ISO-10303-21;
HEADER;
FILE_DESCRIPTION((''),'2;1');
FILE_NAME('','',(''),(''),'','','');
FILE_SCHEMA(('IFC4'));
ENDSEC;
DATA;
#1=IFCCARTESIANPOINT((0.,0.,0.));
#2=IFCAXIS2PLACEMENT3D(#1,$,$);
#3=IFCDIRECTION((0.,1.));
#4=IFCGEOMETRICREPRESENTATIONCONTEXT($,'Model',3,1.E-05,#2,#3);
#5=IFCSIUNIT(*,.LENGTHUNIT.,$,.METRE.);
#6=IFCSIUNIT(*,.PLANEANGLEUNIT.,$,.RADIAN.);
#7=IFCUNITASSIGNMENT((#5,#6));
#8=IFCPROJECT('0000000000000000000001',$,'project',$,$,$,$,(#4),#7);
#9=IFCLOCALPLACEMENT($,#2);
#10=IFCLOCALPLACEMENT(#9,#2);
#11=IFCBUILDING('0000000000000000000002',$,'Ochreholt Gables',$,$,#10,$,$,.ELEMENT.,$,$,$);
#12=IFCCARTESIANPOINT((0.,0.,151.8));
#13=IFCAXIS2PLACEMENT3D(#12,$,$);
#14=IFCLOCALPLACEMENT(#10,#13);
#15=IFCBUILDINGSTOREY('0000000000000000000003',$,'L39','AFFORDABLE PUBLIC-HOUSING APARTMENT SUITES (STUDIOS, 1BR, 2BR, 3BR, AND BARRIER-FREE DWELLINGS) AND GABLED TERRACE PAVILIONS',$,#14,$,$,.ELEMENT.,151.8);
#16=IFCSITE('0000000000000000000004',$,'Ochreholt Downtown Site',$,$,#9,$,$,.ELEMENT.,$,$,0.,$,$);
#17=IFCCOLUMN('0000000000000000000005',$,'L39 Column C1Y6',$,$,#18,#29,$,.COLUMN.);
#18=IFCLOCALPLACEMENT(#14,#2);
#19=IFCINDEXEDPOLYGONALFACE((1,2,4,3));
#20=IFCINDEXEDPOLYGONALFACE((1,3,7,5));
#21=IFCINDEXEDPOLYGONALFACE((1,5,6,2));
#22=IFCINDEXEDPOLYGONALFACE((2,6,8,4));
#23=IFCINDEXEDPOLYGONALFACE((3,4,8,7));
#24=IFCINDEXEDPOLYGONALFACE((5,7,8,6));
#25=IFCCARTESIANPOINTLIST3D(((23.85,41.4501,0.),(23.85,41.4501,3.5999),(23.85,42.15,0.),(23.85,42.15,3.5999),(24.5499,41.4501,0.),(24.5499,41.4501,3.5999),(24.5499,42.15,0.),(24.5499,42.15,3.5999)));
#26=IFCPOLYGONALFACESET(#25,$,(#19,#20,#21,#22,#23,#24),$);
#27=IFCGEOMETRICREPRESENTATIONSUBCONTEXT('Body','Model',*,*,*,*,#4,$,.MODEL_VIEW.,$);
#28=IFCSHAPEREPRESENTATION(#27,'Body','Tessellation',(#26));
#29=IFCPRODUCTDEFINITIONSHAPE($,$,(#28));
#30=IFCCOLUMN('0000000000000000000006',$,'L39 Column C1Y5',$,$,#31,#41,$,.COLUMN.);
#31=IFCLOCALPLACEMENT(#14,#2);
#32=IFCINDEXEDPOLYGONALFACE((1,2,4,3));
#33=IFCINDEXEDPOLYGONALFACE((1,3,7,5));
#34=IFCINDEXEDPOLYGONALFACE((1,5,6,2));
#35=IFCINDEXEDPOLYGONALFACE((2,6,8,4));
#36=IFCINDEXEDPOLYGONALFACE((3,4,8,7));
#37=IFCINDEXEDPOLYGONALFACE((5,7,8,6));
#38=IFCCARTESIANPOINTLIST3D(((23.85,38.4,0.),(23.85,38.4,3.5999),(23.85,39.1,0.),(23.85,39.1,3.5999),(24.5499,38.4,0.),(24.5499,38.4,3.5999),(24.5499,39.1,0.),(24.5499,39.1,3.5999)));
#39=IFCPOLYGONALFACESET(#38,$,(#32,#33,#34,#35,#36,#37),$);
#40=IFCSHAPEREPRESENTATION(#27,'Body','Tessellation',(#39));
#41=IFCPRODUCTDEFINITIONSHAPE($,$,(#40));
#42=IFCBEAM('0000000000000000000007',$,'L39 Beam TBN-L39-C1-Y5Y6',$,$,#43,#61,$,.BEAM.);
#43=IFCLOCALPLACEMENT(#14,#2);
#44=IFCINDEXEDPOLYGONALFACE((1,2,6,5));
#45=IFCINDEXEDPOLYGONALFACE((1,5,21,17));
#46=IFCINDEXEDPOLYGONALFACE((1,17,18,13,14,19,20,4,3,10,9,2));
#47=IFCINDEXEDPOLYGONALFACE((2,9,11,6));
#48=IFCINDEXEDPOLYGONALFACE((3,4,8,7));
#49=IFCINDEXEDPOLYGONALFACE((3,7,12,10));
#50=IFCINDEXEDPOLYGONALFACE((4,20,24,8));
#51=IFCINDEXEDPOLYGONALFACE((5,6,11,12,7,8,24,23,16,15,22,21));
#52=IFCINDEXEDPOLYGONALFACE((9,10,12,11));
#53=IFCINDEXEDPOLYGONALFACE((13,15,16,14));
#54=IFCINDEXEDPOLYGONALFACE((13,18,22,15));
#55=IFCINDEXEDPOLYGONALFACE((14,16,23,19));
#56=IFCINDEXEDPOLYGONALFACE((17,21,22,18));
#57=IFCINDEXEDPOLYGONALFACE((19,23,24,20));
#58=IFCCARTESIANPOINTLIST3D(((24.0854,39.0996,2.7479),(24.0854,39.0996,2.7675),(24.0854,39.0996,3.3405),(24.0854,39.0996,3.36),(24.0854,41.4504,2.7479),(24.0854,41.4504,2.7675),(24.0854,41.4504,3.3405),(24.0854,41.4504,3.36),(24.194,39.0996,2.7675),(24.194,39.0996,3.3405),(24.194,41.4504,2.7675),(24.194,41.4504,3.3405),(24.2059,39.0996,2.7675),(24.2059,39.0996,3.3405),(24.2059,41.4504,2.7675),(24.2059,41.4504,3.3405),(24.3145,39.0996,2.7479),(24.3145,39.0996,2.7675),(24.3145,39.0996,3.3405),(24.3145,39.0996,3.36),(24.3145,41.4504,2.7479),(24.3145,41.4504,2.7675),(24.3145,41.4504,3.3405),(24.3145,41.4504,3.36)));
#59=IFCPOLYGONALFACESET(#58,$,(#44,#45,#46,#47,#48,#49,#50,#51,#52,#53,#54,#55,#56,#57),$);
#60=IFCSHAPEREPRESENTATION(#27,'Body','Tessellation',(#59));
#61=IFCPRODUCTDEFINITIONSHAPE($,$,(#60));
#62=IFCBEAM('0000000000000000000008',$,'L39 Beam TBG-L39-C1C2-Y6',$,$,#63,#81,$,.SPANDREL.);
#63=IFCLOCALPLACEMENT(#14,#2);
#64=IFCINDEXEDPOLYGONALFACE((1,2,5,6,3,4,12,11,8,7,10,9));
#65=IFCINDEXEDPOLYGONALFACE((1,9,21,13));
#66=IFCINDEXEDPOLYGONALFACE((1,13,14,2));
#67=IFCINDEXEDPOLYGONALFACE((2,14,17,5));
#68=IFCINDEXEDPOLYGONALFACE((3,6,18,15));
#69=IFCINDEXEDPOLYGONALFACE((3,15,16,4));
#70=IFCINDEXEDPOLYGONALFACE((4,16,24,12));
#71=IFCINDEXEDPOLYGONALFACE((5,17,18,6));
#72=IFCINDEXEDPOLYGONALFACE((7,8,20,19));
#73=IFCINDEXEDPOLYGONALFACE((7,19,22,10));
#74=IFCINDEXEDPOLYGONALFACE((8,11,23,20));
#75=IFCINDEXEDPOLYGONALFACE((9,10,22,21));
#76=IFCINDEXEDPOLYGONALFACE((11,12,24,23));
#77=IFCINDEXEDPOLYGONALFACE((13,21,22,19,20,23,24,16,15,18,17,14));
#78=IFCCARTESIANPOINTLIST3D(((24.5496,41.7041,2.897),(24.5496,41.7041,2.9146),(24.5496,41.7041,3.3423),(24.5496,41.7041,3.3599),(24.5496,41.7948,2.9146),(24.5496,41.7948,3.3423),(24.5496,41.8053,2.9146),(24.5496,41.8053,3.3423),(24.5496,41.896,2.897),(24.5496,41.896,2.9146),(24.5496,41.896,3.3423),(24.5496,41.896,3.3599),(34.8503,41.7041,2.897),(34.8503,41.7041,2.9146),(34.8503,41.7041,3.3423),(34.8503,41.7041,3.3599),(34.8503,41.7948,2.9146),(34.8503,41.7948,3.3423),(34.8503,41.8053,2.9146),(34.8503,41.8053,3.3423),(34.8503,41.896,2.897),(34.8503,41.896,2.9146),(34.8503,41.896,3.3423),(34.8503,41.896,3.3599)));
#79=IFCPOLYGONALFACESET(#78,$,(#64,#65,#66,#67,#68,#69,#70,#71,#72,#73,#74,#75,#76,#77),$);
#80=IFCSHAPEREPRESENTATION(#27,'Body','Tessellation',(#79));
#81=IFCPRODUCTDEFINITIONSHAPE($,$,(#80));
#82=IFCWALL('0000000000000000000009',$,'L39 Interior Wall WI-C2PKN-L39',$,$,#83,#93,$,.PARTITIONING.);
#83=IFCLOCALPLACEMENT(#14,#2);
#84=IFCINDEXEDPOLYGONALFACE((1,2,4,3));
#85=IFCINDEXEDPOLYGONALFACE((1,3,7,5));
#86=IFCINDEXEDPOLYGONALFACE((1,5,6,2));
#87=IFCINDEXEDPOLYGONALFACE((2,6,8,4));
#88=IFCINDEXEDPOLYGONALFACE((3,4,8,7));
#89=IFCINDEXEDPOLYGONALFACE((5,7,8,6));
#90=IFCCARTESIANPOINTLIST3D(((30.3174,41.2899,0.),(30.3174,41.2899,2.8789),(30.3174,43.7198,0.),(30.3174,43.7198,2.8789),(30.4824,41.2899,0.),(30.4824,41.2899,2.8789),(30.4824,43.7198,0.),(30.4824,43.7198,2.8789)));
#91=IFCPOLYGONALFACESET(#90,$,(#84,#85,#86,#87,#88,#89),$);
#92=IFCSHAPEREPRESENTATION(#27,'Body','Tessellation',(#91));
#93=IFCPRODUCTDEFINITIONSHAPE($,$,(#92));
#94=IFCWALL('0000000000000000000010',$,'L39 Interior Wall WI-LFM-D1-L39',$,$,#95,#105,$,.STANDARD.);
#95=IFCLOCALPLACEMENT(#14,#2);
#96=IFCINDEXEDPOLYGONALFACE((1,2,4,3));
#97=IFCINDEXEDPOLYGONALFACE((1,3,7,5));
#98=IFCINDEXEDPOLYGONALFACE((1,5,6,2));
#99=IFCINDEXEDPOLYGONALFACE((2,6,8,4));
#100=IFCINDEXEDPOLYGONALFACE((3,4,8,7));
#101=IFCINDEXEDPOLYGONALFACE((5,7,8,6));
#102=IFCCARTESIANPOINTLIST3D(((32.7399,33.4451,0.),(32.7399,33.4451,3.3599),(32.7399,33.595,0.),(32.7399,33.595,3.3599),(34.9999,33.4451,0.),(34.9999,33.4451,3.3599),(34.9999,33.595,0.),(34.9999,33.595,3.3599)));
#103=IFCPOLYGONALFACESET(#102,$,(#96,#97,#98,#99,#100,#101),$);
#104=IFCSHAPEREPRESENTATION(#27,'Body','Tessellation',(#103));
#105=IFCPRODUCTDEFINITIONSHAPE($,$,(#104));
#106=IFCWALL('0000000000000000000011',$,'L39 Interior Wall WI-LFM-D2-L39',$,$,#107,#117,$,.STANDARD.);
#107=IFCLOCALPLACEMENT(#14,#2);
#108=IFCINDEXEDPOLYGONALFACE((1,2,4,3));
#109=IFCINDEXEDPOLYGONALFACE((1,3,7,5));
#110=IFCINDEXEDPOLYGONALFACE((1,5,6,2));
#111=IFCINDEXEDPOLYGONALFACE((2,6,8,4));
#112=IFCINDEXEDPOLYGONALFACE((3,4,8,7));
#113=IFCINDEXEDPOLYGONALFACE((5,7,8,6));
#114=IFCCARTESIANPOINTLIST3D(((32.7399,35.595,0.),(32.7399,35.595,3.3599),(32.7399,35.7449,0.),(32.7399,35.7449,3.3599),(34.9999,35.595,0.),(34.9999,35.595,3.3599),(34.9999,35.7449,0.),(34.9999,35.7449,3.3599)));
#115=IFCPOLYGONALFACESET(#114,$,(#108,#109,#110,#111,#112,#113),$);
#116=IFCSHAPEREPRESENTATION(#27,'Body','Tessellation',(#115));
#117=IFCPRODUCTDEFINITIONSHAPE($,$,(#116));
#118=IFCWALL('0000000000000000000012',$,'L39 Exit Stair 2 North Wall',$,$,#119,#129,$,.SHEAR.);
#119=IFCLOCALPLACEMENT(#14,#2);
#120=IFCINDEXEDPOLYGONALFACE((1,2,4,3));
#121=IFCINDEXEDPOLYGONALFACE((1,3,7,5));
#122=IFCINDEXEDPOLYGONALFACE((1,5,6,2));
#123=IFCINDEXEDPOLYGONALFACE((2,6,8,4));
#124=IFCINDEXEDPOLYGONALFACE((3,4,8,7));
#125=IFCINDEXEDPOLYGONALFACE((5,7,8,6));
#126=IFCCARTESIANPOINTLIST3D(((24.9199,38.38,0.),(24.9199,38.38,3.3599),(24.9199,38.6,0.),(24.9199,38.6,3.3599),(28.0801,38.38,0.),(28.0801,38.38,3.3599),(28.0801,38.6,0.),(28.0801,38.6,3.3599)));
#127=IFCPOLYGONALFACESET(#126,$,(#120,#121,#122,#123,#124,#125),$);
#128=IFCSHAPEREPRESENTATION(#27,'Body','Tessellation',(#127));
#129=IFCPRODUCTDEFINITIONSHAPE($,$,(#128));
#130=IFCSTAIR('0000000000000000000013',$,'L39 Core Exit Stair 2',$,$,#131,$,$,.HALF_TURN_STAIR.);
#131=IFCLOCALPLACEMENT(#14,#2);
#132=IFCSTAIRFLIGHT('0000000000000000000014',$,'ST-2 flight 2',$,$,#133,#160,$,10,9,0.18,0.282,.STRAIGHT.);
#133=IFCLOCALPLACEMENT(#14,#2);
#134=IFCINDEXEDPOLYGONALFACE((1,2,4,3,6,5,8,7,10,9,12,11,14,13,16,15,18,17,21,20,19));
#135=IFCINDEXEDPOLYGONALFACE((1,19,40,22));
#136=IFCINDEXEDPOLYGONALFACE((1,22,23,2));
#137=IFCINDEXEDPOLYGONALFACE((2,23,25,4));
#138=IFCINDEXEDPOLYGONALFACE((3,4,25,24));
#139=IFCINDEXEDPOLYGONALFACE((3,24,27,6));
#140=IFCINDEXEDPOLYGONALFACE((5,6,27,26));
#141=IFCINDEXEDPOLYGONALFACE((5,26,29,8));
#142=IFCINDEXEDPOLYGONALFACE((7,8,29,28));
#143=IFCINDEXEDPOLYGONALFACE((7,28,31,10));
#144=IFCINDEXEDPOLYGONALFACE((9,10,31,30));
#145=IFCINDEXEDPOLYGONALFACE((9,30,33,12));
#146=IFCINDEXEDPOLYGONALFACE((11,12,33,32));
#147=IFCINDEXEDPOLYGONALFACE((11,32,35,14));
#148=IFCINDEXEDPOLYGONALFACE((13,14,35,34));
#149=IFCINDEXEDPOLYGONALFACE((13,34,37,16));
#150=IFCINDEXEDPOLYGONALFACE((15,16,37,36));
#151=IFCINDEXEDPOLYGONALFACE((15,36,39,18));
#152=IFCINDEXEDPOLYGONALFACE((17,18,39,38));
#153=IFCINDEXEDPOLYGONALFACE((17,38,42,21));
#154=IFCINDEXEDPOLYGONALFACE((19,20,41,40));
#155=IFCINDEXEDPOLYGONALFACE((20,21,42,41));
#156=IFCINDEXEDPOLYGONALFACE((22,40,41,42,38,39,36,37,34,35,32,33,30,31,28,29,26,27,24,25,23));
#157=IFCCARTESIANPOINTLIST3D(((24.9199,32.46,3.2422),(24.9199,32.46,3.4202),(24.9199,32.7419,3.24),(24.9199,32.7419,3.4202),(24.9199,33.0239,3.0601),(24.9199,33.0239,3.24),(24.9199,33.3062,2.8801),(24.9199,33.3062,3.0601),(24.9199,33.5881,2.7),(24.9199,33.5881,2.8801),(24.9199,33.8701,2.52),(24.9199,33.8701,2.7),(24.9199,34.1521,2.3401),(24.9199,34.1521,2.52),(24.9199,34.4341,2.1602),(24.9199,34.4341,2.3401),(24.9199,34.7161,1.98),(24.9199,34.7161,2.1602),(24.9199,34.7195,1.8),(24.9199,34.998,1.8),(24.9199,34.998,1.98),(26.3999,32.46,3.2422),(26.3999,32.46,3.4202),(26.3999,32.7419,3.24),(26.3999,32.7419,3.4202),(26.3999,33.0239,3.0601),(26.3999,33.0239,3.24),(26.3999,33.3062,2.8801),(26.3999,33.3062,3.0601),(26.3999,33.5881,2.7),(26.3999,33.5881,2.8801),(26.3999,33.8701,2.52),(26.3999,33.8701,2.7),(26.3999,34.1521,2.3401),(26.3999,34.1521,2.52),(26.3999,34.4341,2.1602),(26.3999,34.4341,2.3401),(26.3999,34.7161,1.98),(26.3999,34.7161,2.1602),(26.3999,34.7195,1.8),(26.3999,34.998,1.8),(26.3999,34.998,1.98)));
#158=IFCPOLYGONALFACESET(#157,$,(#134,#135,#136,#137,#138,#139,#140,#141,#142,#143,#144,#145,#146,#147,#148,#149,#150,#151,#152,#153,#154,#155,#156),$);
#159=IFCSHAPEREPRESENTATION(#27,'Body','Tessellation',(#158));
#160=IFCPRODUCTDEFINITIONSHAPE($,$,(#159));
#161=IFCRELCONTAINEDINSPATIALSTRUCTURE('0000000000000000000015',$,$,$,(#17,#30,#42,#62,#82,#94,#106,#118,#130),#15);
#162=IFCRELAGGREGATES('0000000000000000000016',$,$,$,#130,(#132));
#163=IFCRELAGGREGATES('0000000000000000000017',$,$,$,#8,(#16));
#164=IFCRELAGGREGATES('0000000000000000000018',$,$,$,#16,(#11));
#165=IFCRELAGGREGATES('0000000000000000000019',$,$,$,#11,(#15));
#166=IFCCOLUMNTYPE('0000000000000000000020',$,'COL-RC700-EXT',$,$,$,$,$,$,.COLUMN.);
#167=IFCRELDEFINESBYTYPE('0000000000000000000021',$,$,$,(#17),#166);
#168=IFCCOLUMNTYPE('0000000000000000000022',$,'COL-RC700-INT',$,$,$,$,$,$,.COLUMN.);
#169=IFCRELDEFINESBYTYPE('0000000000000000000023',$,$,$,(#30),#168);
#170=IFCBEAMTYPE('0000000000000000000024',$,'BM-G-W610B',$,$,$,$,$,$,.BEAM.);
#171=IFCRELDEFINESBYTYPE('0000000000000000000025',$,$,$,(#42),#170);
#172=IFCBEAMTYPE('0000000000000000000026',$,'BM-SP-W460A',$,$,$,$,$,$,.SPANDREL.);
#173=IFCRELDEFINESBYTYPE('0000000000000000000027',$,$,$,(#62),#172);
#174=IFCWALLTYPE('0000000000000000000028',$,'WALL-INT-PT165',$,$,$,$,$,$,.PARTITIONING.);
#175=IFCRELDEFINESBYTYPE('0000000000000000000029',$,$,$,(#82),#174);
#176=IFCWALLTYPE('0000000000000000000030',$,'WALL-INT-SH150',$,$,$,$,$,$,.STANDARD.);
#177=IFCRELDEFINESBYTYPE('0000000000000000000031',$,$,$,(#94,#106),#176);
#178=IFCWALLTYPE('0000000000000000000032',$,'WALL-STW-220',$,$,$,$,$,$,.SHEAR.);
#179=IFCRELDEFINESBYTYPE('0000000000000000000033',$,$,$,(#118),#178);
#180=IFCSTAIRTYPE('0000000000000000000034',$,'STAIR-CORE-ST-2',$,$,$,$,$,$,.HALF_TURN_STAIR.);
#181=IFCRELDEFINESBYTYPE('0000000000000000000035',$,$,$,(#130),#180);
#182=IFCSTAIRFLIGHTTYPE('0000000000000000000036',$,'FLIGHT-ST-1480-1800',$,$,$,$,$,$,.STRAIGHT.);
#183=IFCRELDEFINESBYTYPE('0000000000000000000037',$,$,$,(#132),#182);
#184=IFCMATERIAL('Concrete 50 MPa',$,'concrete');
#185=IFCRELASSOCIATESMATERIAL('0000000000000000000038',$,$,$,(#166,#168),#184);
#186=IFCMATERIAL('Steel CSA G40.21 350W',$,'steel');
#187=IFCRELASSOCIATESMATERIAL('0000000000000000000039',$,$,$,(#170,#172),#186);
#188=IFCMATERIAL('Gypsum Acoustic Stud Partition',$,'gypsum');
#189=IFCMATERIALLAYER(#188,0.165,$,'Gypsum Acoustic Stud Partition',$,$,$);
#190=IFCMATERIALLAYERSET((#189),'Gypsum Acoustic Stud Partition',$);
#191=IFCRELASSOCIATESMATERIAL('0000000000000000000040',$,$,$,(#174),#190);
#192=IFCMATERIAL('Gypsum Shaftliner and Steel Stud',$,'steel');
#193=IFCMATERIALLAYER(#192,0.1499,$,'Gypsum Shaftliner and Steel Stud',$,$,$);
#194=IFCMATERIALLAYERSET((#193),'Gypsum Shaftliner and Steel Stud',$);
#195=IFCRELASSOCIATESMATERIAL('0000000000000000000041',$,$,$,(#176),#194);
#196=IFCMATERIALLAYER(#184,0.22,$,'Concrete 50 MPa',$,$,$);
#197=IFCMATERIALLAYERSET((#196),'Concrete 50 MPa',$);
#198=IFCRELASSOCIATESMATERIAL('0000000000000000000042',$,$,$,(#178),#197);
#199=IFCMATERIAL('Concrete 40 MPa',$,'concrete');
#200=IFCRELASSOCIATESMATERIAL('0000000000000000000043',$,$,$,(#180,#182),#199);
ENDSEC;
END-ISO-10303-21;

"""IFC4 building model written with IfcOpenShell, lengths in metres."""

from ifc_helpers import new_model, si_unit, direction, frame, frame_2d, origin, origin_2d, place, context, subcontext, project, spatial, polyline, rectangle, i_section, outline, extrude, material, layer, layer_set, material_profile, profile_set, type_object, element, aggregate, save


model = new_model("IFC4")

# Units and contexts
model_context = context("Model", 3, precision=1e-05, world=origin(), true_north=direction((0.0, 1.0)))
body_context = subcontext(model_context, "Body", "Model", "MODEL_VIEW")
ifc_project = project(units=[si_unit("LENGTHUNIT", "METRE"), si_unit("PLANEANGLEUNIT", "RADIAN")], contexts=[model_context])

# Site, building, storey
site_placement = place(None, origin())
site = spatial("IfcSite", under=ifc_project, at=site_placement, Name="Ochreholt Downtown Site", CompositionType="ELEMENT", RefElevation=0.0)
building_placement = place(site_placement, origin())
building = spatial("IfcBuilding", under=site, at=building_placement, Name="Ochreholt Gables", CompositionType="ELEMENT")
storey_placement = place(building_placement, frame((0.0, 0.0, 151.8)))
storey = spatial("IfcBuildingStorey", under=building, at=storey_placement, Name="L39", Description="AFFORDABLE PUBLIC-HOUSING APARTMENT SUITES (STUDIOS, 1BR, 2BR, 3BR, AND BARRIER-FREE DWELLINGS) AND GABLED TERRACE PAVILIONS", CompositionType="ELEMENT", Elevation=151.8)

# Columns
ifc_material_1 = material(Name="Concrete 50 MPa", Category="concrete")
ifc_material_profile_1 = material_profile(ifc_material_1, rectangle(XDim=0.7, YDim=0.7, at=origin_2d()), Name="RC700X700")
ifc_profile_set_1 = profile_set([ifc_material_profile_1], Name="Concrete 50 MPa")
column_type_1 = type_object("IfcColumnType", Name="COL-RC700-EXT", PredefinedType="COLUMN", material=ifc_profile_set_1)
column_1_placement = place(storey_placement, frame((24.2, 41.8, 0.0), z_axis=(0.0, 0.0, 1.0), x_axis=(1.0, 0.0, 0.0)))
element("IfcColumn", 1, at=column_1_placement, inside=storey, type_object=column_type_1, Name="L39 Column C1Y6", PredefinedType="COLUMN", context=body_context, shape_type="SweptSolid", body=[
    extrude(rectangle(XDim=0.7, YDim=0.7, at=origin_2d()), origin(), (0.0, 0.0, 1.0), 3.5999),
])
ifc_material_profile_2 = material_profile(ifc_material_1, rectangle(XDim=0.7, YDim=0.7, at=origin_2d()), Name="RC700X700")
ifc_profile_set_2 = profile_set([ifc_material_profile_2], Name="Concrete 50 MPa")
column_type_2 = type_object("IfcColumnType", Name="COL-RC700-INT", PredefinedType="COLUMN", material=ifc_profile_set_2)
column_2_placement = place(storey_placement, frame((24.2, 38.75, 0.0), z_axis=(0.0, 0.0, 1.0), x_axis=(1.0, 0.0, 0.0)))
element("IfcColumn", 2, at=column_2_placement, inside=storey, type_object=column_type_2, Name="L39 Column C1Y5", PredefinedType="COLUMN", context=body_context, shape_type="SweptSolid", body=[
    extrude(rectangle(XDim=0.7, YDim=0.7, at=origin_2d()), origin(), (0.0, 0.0, 1.0), 3.5999),
])

# Beams
ifc_material_2 = material(Name="Steel CSA G40.21 350W", Category="steel")
ifc_material_profile_3 = material_profile(ifc_material_2, i_section(OverallWidth=0.229, OverallDepth=0.6121, WebThickness=0.012, FlangeThickness=0.0195, at=origin_2d()), Name="W610X125")
ifc_profile_set_3 = profile_set([ifc_material_profile_3], Name="Steel CSA G40.21 350W")
beam_type_1 = type_object("IfcBeamType", Name="BM-G-W610B", PredefinedType="BEAM", material=ifc_profile_set_3)
beam_1_placement = place(storey_placement, frame((24.2, 39.0996, 3.054), z_axis=(0.0, 1.0, 0.0), x_axis=(-1.0, 0.0, 0.0)))
element("IfcBeam", 3, at=beam_1_placement, inside=storey, type_object=beam_type_1, Name="L39 Beam TBN-L39-C1-Y5Y6", PredefinedType="BEAM", context=body_context, shape_type="SweptSolid", body=[
    extrude(i_section(OverallWidth=0.229, OverallDepth=0.6121, WebThickness=0.012, FlangeThickness=0.0195, at=origin_2d()), origin(), (0.0, 0.0, 1.0), 2.3508),
])
ifc_material_profile_4 = material_profile(ifc_material_2, i_section(OverallWidth=0.1919, OverallDepth=0.4629, WebThickness=0.0105, FlangeThickness=0.0176, at=origin_2d()), Name="W460X89")
ifc_profile_set_4 = profile_set([ifc_material_profile_4], Name="Steel CSA G40.21 350W")
beam_type_2 = type_object("IfcBeamType", Name="BM-SP-W460A", PredefinedType="SPANDREL", material=ifc_profile_set_4)
beam_2_placement = place(storey_placement, frame((24.5496, 41.8, 3.1284), z_axis=(1.0, 0.0, 0.0), x_axis=(0.0, 1.0, 0.0)))
element("IfcBeam", 4, at=beam_2_placement, inside=storey, type_object=beam_type_2, Name="L39 Beam TBG-L39-C1C2-Y6", PredefinedType="SPANDREL", context=body_context, shape_type="SweptSolid", body=[
    extrude(i_section(OverallWidth=0.1919, OverallDepth=0.4629, WebThickness=0.0105, FlangeThickness=0.0176, at=origin_2d()), origin(), (0.0, 0.0, 1.0), 10.3008),
])

# Walls
ifc_material_3 = material(Name="Gypsum Acoustic Stud Partition", Category="gypsum")
ifc_layer_1 = layer(ifc_material_3, 0.165, Name="Gypsum Acoustic Stud Partition")
ifc_layer_set_1 = layer_set([ifc_layer_1], Name="Gypsum Acoustic Stud Partition")
wall_type_1 = type_object("IfcWallType", Name="WALL-INT-PT165", PredefinedType="PARTITIONING", material=ifc_layer_set_1)
wall_1_placement = place(storey_placement, frame((30.3999, 41.29, 0.0), z_axis=(0.0, 0.0, 1.0), x_axis=(0.0, 1.0, 0.0)))
element("IfcWall", 5, at=wall_1_placement, inside=storey, type_object=wall_type_1, Name="L39 Interior Wall WI-C2PKN-L39", PredefinedType="PARTITIONING", context=body_context, shape_type="SweptSolid", body=[
    extrude(rectangle(XDim=2.4299, YDim=0.165, at=frame_2d((1.2148, 0.0))), origin(), (0.0, 0.0, 1.0), 2.8789),
])
ifc_material_4 = material(Name="Gypsum Shaftliner and Steel Stud", Category="steel")
ifc_layer_2 = layer(ifc_material_4, 0.1499, Name="Gypsum Shaftliner and Steel Stud")
ifc_layer_set_2 = layer_set([ifc_layer_2], Name="Gypsum Shaftliner and Steel Stud")
wall_type_2 = type_object("IfcWallType", Name="WALL-INT-SH150", PredefinedType="STANDARD", material=ifc_layer_set_2)
for number, where, z_axis, x_axis, name in (
    (6, (32.74, 33.52, 0.0), (0.0, 0.0, 1.0), (1.0, 0.0, 0.0), "L39 Interior Wall WI-LFM-D1-L39"),
    (7, (32.74, 35.6699, 0.0), (0.0, 0.0, 1.0), (1.0, 0.0, 0.0), "L39 Interior Wall WI-LFM-D2-L39"),
):
    element("IfcWall", number, at=place(storey_placement, frame(where, z_axis=z_axis, x_axis=x_axis)), inside=storey, type_object=wall_type_2, Name=name, PredefinedType="STANDARD", context=body_context, shape_type="SweptSolid", body=[
        extrude(rectangle(XDim=2.26, YDim=0.1499, at=frame_2d((1.1299, 0.0))), origin(), (0.0, 0.0, 1.0), 3.3599),
    ])
ifc_layer_3 = layer(ifc_material_1, 0.22, Name="Concrete 50 MPa")
ifc_layer_set_3 = layer_set([ifc_layer_3], Name="Concrete 50 MPa")
wall_type_3 = type_object("IfcWallType", Name="WALL-STW-220", PredefinedType="SHEAR", material=ifc_layer_set_3)
wall_2_placement = place(storey_placement, frame((24.9199, 38.49, 0.0), z_axis=(0.0, 0.0, 1.0), x_axis=(1.0, 0.0, 0.0)))
element("IfcWall", 8, at=wall_2_placement, inside=storey, type_object=wall_type_3, Name="L39 Exit Stair 2 North Wall", PredefinedType="SHEAR", context=body_context, shape_type="SweptSolid", body=[
    extrude(rectangle(XDim=3.1602, YDim=0.22, at=frame_2d((1.5801, 0.0))), origin(), (0.0, 0.0, 1.0), 3.3599),
])

# Stair, stair flight
ifc_material_5 = material(Name="Concrete 40 MPa", Category="concrete")
stair_type = type_object("IfcStairType", Name="STAIR-CORE-ST-2", PredefinedType="HALF_TURN_STAIR", material=ifc_material_5)
stair_placement = place(storey_placement, origin())
stair = element("IfcStair", 9, at=stair_placement, inside=storey, type_object=stair_type, Name="L39 Core Exit Stair 2", PredefinedType="HALF_TURN_STAIR")
stair_flight_type = type_object("IfcStairFlightType", Name="FLIGHT-ST-1480-1800", PredefinedType="STRAIGHT", material=ifc_material_5)
stair_flight_placement = place(storey_placement, frame((25.6599, 34.998, 1.8), z_axis=(0.0, 0.0, 1.0), x_axis=(0.0, -1.0, 0.0)))
stair_flight = element("IfcStairFlight", 10, at=stair_flight_placement, type_object=stair_flight_type, Name="ST-2 flight 2", NumberOfRisers=10, NumberOfTreads=9, PredefinedType="STRAIGHT", RiserHeight=0.18, TreadLength=0.282, context=body_context, shape_type="SweptSolid", body=[
    extrude(outline(polyline([(0.0, 0.0), (0.0, 0.1799), (0.282, 0.1799), (0.282, 0.3601), (0.564, 0.3601), (0.564, 0.54), (0.8459, 0.54), (0.8459, 0.72), (1.1279, 0.72), (1.1279, 0.8999), (1.4099, 0.8999), (1.4099, 1.0801), (1.6919, 1.0801), (1.6919, 1.26), (1.9741, 1.26), (1.9741, 1.4399), (2.2561, 1.4399), (2.2561, 1.6201), (2.5381, 1.6201), (2.5381, 1.8), (2.5381, 1.4421), (0.2786, 0.0), (0.0, 0.0)])), frame((0.0, 0.74, 0.0), z_axis=(0.0, -1.0, 0.0), x_axis=(1.0, 0.0, 0.0)), (0.0, 0.0, 1.0), 1.48),
])
aggregate(stair, [stair_flight])

save(model, "model.ifc")
